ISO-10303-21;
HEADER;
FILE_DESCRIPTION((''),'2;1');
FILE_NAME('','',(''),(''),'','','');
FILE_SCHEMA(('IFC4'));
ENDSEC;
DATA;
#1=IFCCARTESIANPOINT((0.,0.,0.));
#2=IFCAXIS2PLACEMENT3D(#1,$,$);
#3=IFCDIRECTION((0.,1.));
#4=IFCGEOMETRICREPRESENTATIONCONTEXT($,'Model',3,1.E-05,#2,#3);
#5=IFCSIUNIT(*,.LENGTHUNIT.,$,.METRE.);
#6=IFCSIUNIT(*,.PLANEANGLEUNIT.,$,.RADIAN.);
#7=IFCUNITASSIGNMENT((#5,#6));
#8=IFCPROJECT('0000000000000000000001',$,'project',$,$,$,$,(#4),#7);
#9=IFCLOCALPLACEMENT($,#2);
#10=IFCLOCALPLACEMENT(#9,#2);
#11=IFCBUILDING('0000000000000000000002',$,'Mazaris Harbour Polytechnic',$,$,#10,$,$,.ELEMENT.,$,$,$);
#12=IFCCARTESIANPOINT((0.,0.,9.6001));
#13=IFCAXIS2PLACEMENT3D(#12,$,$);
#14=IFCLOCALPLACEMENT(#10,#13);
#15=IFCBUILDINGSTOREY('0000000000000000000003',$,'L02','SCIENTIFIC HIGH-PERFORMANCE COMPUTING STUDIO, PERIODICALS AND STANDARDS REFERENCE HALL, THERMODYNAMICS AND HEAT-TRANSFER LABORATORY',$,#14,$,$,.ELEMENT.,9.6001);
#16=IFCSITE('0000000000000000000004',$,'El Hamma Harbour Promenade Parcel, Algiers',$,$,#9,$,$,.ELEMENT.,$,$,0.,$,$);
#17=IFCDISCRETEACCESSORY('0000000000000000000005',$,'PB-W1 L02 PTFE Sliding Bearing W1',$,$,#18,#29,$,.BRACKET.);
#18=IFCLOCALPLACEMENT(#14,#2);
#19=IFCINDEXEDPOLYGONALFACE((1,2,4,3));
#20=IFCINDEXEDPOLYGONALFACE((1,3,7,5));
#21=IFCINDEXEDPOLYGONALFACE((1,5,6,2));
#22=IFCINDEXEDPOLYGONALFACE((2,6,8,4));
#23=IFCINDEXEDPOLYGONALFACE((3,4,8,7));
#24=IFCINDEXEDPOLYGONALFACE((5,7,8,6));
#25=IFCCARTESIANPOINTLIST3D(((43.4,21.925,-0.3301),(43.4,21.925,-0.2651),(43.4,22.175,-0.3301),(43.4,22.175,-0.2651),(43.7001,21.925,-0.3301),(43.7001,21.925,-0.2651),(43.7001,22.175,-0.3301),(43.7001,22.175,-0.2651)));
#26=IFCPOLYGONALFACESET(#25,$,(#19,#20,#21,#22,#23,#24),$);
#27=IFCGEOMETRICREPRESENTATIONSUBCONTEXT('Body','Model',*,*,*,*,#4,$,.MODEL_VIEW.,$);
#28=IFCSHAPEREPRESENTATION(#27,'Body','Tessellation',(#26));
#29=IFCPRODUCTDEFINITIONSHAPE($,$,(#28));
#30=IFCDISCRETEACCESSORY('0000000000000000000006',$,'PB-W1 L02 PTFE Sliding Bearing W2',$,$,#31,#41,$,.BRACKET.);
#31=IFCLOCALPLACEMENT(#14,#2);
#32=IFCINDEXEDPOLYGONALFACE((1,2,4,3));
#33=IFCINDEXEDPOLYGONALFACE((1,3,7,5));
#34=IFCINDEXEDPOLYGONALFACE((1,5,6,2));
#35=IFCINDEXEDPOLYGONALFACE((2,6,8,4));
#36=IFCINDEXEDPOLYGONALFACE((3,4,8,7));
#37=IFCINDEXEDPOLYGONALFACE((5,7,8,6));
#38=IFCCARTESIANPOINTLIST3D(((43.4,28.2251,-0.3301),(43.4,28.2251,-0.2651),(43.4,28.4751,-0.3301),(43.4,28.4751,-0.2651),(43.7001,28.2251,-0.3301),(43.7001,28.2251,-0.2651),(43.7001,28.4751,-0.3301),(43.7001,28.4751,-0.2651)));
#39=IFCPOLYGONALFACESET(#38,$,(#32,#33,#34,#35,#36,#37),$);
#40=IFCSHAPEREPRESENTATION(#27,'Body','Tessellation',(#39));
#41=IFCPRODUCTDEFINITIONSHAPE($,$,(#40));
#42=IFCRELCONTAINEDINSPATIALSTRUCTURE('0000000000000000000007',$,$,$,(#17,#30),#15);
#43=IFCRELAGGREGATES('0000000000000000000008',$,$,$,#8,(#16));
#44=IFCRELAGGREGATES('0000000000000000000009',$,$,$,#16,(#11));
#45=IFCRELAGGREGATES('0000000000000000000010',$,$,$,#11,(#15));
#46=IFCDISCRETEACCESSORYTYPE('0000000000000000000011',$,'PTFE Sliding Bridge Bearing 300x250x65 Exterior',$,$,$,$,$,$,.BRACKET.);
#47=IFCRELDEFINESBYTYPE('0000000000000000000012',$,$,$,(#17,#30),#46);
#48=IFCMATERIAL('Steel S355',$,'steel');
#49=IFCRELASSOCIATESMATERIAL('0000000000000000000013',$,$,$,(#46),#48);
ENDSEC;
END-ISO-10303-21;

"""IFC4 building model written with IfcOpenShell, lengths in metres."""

from ifc_helpers import new_model, si_unit, direction, frame, origin, origin_2d, place, context, subcontext, project, spatial, rectangle, extrude, material, type_object, element, save


model = new_model("IFC4")

# Units and contexts
model_context = context("Model", 3, precision=1e-05, world=origin(), true_north=direction((0.0, 1.0)))
body_context = subcontext(model_context, "Body", "Model", "MODEL_VIEW")
ifc_project = project(units=[si_unit("LENGTHUNIT", "METRE"), si_unit("PLANEANGLEUNIT", "RADIAN")], contexts=[model_context])

# Site, building, storey
site_placement = place(None, origin())
site = spatial("IfcSite", under=ifc_project, at=site_placement, Name="El Hamma Harbour Promenade Parcel, Algiers", CompositionType="ELEMENT", RefElevation=0.0)
building_placement = place(site_placement, origin())
building = spatial("IfcBuilding", under=site, at=building_placement, Name="Mazaris Harbour Polytechnic", CompositionType="ELEMENT")
storey_placement = place(building_placement, frame((0.0, 0.0, 9.6001)))
storey = spatial("IfcBuildingStorey", under=building, at=storey_placement, Name="L02", Description="SCIENTIFIC HIGH-PERFORMANCE COMPUTING STUDIO, PERIODICALS AND STANDARDS REFERENCE HALL, THERMODYNAMICS AND HEAT-TRANSFER LABORATORY", CompositionType="ELEMENT", Elevation=9.6001)

# Discrete accessories
ifc_material_1 = material(Name="Steel S355", Category="steel")
discrete_accessory_type = type_object("IfcDiscreteAccessoryType", Name="PTFE Sliding Bridge Bearing 300x250x65 Exterior", PredefinedType="BRACKET", material=ifc_material_1)
for number, where, z_axis, x_axis, name in (
    (1, (43.55, 22.05, -0.3301), (0.0, 0.0, 1.0), (1.0, 0.0, 0.0), "PB-W1 L02 PTFE Sliding Bearing W1"),
    (2, (43.55, 28.3501, -0.3301), (0.0, 0.0, 1.0), (1.0, 0.0, 0.0), "PB-W1 L02 PTFE Sliding Bearing W2"),
):
    element("IfcDiscreteAccessory", number, at=place(storey_placement, frame(where, z_axis=z_axis, x_axis=x_axis)), inside=storey, type_object=discrete_accessory_type, Name=name, PredefinedType="BRACKET", context=body_context, shape_type="SweptSolid", body=[
        extrude(rectangle(XDim=0.3, YDim=0.25, at=origin_2d()), origin(), (0.0, 0.0, 1.0), 0.0649),
    ])

save(model, "model.ifc")
